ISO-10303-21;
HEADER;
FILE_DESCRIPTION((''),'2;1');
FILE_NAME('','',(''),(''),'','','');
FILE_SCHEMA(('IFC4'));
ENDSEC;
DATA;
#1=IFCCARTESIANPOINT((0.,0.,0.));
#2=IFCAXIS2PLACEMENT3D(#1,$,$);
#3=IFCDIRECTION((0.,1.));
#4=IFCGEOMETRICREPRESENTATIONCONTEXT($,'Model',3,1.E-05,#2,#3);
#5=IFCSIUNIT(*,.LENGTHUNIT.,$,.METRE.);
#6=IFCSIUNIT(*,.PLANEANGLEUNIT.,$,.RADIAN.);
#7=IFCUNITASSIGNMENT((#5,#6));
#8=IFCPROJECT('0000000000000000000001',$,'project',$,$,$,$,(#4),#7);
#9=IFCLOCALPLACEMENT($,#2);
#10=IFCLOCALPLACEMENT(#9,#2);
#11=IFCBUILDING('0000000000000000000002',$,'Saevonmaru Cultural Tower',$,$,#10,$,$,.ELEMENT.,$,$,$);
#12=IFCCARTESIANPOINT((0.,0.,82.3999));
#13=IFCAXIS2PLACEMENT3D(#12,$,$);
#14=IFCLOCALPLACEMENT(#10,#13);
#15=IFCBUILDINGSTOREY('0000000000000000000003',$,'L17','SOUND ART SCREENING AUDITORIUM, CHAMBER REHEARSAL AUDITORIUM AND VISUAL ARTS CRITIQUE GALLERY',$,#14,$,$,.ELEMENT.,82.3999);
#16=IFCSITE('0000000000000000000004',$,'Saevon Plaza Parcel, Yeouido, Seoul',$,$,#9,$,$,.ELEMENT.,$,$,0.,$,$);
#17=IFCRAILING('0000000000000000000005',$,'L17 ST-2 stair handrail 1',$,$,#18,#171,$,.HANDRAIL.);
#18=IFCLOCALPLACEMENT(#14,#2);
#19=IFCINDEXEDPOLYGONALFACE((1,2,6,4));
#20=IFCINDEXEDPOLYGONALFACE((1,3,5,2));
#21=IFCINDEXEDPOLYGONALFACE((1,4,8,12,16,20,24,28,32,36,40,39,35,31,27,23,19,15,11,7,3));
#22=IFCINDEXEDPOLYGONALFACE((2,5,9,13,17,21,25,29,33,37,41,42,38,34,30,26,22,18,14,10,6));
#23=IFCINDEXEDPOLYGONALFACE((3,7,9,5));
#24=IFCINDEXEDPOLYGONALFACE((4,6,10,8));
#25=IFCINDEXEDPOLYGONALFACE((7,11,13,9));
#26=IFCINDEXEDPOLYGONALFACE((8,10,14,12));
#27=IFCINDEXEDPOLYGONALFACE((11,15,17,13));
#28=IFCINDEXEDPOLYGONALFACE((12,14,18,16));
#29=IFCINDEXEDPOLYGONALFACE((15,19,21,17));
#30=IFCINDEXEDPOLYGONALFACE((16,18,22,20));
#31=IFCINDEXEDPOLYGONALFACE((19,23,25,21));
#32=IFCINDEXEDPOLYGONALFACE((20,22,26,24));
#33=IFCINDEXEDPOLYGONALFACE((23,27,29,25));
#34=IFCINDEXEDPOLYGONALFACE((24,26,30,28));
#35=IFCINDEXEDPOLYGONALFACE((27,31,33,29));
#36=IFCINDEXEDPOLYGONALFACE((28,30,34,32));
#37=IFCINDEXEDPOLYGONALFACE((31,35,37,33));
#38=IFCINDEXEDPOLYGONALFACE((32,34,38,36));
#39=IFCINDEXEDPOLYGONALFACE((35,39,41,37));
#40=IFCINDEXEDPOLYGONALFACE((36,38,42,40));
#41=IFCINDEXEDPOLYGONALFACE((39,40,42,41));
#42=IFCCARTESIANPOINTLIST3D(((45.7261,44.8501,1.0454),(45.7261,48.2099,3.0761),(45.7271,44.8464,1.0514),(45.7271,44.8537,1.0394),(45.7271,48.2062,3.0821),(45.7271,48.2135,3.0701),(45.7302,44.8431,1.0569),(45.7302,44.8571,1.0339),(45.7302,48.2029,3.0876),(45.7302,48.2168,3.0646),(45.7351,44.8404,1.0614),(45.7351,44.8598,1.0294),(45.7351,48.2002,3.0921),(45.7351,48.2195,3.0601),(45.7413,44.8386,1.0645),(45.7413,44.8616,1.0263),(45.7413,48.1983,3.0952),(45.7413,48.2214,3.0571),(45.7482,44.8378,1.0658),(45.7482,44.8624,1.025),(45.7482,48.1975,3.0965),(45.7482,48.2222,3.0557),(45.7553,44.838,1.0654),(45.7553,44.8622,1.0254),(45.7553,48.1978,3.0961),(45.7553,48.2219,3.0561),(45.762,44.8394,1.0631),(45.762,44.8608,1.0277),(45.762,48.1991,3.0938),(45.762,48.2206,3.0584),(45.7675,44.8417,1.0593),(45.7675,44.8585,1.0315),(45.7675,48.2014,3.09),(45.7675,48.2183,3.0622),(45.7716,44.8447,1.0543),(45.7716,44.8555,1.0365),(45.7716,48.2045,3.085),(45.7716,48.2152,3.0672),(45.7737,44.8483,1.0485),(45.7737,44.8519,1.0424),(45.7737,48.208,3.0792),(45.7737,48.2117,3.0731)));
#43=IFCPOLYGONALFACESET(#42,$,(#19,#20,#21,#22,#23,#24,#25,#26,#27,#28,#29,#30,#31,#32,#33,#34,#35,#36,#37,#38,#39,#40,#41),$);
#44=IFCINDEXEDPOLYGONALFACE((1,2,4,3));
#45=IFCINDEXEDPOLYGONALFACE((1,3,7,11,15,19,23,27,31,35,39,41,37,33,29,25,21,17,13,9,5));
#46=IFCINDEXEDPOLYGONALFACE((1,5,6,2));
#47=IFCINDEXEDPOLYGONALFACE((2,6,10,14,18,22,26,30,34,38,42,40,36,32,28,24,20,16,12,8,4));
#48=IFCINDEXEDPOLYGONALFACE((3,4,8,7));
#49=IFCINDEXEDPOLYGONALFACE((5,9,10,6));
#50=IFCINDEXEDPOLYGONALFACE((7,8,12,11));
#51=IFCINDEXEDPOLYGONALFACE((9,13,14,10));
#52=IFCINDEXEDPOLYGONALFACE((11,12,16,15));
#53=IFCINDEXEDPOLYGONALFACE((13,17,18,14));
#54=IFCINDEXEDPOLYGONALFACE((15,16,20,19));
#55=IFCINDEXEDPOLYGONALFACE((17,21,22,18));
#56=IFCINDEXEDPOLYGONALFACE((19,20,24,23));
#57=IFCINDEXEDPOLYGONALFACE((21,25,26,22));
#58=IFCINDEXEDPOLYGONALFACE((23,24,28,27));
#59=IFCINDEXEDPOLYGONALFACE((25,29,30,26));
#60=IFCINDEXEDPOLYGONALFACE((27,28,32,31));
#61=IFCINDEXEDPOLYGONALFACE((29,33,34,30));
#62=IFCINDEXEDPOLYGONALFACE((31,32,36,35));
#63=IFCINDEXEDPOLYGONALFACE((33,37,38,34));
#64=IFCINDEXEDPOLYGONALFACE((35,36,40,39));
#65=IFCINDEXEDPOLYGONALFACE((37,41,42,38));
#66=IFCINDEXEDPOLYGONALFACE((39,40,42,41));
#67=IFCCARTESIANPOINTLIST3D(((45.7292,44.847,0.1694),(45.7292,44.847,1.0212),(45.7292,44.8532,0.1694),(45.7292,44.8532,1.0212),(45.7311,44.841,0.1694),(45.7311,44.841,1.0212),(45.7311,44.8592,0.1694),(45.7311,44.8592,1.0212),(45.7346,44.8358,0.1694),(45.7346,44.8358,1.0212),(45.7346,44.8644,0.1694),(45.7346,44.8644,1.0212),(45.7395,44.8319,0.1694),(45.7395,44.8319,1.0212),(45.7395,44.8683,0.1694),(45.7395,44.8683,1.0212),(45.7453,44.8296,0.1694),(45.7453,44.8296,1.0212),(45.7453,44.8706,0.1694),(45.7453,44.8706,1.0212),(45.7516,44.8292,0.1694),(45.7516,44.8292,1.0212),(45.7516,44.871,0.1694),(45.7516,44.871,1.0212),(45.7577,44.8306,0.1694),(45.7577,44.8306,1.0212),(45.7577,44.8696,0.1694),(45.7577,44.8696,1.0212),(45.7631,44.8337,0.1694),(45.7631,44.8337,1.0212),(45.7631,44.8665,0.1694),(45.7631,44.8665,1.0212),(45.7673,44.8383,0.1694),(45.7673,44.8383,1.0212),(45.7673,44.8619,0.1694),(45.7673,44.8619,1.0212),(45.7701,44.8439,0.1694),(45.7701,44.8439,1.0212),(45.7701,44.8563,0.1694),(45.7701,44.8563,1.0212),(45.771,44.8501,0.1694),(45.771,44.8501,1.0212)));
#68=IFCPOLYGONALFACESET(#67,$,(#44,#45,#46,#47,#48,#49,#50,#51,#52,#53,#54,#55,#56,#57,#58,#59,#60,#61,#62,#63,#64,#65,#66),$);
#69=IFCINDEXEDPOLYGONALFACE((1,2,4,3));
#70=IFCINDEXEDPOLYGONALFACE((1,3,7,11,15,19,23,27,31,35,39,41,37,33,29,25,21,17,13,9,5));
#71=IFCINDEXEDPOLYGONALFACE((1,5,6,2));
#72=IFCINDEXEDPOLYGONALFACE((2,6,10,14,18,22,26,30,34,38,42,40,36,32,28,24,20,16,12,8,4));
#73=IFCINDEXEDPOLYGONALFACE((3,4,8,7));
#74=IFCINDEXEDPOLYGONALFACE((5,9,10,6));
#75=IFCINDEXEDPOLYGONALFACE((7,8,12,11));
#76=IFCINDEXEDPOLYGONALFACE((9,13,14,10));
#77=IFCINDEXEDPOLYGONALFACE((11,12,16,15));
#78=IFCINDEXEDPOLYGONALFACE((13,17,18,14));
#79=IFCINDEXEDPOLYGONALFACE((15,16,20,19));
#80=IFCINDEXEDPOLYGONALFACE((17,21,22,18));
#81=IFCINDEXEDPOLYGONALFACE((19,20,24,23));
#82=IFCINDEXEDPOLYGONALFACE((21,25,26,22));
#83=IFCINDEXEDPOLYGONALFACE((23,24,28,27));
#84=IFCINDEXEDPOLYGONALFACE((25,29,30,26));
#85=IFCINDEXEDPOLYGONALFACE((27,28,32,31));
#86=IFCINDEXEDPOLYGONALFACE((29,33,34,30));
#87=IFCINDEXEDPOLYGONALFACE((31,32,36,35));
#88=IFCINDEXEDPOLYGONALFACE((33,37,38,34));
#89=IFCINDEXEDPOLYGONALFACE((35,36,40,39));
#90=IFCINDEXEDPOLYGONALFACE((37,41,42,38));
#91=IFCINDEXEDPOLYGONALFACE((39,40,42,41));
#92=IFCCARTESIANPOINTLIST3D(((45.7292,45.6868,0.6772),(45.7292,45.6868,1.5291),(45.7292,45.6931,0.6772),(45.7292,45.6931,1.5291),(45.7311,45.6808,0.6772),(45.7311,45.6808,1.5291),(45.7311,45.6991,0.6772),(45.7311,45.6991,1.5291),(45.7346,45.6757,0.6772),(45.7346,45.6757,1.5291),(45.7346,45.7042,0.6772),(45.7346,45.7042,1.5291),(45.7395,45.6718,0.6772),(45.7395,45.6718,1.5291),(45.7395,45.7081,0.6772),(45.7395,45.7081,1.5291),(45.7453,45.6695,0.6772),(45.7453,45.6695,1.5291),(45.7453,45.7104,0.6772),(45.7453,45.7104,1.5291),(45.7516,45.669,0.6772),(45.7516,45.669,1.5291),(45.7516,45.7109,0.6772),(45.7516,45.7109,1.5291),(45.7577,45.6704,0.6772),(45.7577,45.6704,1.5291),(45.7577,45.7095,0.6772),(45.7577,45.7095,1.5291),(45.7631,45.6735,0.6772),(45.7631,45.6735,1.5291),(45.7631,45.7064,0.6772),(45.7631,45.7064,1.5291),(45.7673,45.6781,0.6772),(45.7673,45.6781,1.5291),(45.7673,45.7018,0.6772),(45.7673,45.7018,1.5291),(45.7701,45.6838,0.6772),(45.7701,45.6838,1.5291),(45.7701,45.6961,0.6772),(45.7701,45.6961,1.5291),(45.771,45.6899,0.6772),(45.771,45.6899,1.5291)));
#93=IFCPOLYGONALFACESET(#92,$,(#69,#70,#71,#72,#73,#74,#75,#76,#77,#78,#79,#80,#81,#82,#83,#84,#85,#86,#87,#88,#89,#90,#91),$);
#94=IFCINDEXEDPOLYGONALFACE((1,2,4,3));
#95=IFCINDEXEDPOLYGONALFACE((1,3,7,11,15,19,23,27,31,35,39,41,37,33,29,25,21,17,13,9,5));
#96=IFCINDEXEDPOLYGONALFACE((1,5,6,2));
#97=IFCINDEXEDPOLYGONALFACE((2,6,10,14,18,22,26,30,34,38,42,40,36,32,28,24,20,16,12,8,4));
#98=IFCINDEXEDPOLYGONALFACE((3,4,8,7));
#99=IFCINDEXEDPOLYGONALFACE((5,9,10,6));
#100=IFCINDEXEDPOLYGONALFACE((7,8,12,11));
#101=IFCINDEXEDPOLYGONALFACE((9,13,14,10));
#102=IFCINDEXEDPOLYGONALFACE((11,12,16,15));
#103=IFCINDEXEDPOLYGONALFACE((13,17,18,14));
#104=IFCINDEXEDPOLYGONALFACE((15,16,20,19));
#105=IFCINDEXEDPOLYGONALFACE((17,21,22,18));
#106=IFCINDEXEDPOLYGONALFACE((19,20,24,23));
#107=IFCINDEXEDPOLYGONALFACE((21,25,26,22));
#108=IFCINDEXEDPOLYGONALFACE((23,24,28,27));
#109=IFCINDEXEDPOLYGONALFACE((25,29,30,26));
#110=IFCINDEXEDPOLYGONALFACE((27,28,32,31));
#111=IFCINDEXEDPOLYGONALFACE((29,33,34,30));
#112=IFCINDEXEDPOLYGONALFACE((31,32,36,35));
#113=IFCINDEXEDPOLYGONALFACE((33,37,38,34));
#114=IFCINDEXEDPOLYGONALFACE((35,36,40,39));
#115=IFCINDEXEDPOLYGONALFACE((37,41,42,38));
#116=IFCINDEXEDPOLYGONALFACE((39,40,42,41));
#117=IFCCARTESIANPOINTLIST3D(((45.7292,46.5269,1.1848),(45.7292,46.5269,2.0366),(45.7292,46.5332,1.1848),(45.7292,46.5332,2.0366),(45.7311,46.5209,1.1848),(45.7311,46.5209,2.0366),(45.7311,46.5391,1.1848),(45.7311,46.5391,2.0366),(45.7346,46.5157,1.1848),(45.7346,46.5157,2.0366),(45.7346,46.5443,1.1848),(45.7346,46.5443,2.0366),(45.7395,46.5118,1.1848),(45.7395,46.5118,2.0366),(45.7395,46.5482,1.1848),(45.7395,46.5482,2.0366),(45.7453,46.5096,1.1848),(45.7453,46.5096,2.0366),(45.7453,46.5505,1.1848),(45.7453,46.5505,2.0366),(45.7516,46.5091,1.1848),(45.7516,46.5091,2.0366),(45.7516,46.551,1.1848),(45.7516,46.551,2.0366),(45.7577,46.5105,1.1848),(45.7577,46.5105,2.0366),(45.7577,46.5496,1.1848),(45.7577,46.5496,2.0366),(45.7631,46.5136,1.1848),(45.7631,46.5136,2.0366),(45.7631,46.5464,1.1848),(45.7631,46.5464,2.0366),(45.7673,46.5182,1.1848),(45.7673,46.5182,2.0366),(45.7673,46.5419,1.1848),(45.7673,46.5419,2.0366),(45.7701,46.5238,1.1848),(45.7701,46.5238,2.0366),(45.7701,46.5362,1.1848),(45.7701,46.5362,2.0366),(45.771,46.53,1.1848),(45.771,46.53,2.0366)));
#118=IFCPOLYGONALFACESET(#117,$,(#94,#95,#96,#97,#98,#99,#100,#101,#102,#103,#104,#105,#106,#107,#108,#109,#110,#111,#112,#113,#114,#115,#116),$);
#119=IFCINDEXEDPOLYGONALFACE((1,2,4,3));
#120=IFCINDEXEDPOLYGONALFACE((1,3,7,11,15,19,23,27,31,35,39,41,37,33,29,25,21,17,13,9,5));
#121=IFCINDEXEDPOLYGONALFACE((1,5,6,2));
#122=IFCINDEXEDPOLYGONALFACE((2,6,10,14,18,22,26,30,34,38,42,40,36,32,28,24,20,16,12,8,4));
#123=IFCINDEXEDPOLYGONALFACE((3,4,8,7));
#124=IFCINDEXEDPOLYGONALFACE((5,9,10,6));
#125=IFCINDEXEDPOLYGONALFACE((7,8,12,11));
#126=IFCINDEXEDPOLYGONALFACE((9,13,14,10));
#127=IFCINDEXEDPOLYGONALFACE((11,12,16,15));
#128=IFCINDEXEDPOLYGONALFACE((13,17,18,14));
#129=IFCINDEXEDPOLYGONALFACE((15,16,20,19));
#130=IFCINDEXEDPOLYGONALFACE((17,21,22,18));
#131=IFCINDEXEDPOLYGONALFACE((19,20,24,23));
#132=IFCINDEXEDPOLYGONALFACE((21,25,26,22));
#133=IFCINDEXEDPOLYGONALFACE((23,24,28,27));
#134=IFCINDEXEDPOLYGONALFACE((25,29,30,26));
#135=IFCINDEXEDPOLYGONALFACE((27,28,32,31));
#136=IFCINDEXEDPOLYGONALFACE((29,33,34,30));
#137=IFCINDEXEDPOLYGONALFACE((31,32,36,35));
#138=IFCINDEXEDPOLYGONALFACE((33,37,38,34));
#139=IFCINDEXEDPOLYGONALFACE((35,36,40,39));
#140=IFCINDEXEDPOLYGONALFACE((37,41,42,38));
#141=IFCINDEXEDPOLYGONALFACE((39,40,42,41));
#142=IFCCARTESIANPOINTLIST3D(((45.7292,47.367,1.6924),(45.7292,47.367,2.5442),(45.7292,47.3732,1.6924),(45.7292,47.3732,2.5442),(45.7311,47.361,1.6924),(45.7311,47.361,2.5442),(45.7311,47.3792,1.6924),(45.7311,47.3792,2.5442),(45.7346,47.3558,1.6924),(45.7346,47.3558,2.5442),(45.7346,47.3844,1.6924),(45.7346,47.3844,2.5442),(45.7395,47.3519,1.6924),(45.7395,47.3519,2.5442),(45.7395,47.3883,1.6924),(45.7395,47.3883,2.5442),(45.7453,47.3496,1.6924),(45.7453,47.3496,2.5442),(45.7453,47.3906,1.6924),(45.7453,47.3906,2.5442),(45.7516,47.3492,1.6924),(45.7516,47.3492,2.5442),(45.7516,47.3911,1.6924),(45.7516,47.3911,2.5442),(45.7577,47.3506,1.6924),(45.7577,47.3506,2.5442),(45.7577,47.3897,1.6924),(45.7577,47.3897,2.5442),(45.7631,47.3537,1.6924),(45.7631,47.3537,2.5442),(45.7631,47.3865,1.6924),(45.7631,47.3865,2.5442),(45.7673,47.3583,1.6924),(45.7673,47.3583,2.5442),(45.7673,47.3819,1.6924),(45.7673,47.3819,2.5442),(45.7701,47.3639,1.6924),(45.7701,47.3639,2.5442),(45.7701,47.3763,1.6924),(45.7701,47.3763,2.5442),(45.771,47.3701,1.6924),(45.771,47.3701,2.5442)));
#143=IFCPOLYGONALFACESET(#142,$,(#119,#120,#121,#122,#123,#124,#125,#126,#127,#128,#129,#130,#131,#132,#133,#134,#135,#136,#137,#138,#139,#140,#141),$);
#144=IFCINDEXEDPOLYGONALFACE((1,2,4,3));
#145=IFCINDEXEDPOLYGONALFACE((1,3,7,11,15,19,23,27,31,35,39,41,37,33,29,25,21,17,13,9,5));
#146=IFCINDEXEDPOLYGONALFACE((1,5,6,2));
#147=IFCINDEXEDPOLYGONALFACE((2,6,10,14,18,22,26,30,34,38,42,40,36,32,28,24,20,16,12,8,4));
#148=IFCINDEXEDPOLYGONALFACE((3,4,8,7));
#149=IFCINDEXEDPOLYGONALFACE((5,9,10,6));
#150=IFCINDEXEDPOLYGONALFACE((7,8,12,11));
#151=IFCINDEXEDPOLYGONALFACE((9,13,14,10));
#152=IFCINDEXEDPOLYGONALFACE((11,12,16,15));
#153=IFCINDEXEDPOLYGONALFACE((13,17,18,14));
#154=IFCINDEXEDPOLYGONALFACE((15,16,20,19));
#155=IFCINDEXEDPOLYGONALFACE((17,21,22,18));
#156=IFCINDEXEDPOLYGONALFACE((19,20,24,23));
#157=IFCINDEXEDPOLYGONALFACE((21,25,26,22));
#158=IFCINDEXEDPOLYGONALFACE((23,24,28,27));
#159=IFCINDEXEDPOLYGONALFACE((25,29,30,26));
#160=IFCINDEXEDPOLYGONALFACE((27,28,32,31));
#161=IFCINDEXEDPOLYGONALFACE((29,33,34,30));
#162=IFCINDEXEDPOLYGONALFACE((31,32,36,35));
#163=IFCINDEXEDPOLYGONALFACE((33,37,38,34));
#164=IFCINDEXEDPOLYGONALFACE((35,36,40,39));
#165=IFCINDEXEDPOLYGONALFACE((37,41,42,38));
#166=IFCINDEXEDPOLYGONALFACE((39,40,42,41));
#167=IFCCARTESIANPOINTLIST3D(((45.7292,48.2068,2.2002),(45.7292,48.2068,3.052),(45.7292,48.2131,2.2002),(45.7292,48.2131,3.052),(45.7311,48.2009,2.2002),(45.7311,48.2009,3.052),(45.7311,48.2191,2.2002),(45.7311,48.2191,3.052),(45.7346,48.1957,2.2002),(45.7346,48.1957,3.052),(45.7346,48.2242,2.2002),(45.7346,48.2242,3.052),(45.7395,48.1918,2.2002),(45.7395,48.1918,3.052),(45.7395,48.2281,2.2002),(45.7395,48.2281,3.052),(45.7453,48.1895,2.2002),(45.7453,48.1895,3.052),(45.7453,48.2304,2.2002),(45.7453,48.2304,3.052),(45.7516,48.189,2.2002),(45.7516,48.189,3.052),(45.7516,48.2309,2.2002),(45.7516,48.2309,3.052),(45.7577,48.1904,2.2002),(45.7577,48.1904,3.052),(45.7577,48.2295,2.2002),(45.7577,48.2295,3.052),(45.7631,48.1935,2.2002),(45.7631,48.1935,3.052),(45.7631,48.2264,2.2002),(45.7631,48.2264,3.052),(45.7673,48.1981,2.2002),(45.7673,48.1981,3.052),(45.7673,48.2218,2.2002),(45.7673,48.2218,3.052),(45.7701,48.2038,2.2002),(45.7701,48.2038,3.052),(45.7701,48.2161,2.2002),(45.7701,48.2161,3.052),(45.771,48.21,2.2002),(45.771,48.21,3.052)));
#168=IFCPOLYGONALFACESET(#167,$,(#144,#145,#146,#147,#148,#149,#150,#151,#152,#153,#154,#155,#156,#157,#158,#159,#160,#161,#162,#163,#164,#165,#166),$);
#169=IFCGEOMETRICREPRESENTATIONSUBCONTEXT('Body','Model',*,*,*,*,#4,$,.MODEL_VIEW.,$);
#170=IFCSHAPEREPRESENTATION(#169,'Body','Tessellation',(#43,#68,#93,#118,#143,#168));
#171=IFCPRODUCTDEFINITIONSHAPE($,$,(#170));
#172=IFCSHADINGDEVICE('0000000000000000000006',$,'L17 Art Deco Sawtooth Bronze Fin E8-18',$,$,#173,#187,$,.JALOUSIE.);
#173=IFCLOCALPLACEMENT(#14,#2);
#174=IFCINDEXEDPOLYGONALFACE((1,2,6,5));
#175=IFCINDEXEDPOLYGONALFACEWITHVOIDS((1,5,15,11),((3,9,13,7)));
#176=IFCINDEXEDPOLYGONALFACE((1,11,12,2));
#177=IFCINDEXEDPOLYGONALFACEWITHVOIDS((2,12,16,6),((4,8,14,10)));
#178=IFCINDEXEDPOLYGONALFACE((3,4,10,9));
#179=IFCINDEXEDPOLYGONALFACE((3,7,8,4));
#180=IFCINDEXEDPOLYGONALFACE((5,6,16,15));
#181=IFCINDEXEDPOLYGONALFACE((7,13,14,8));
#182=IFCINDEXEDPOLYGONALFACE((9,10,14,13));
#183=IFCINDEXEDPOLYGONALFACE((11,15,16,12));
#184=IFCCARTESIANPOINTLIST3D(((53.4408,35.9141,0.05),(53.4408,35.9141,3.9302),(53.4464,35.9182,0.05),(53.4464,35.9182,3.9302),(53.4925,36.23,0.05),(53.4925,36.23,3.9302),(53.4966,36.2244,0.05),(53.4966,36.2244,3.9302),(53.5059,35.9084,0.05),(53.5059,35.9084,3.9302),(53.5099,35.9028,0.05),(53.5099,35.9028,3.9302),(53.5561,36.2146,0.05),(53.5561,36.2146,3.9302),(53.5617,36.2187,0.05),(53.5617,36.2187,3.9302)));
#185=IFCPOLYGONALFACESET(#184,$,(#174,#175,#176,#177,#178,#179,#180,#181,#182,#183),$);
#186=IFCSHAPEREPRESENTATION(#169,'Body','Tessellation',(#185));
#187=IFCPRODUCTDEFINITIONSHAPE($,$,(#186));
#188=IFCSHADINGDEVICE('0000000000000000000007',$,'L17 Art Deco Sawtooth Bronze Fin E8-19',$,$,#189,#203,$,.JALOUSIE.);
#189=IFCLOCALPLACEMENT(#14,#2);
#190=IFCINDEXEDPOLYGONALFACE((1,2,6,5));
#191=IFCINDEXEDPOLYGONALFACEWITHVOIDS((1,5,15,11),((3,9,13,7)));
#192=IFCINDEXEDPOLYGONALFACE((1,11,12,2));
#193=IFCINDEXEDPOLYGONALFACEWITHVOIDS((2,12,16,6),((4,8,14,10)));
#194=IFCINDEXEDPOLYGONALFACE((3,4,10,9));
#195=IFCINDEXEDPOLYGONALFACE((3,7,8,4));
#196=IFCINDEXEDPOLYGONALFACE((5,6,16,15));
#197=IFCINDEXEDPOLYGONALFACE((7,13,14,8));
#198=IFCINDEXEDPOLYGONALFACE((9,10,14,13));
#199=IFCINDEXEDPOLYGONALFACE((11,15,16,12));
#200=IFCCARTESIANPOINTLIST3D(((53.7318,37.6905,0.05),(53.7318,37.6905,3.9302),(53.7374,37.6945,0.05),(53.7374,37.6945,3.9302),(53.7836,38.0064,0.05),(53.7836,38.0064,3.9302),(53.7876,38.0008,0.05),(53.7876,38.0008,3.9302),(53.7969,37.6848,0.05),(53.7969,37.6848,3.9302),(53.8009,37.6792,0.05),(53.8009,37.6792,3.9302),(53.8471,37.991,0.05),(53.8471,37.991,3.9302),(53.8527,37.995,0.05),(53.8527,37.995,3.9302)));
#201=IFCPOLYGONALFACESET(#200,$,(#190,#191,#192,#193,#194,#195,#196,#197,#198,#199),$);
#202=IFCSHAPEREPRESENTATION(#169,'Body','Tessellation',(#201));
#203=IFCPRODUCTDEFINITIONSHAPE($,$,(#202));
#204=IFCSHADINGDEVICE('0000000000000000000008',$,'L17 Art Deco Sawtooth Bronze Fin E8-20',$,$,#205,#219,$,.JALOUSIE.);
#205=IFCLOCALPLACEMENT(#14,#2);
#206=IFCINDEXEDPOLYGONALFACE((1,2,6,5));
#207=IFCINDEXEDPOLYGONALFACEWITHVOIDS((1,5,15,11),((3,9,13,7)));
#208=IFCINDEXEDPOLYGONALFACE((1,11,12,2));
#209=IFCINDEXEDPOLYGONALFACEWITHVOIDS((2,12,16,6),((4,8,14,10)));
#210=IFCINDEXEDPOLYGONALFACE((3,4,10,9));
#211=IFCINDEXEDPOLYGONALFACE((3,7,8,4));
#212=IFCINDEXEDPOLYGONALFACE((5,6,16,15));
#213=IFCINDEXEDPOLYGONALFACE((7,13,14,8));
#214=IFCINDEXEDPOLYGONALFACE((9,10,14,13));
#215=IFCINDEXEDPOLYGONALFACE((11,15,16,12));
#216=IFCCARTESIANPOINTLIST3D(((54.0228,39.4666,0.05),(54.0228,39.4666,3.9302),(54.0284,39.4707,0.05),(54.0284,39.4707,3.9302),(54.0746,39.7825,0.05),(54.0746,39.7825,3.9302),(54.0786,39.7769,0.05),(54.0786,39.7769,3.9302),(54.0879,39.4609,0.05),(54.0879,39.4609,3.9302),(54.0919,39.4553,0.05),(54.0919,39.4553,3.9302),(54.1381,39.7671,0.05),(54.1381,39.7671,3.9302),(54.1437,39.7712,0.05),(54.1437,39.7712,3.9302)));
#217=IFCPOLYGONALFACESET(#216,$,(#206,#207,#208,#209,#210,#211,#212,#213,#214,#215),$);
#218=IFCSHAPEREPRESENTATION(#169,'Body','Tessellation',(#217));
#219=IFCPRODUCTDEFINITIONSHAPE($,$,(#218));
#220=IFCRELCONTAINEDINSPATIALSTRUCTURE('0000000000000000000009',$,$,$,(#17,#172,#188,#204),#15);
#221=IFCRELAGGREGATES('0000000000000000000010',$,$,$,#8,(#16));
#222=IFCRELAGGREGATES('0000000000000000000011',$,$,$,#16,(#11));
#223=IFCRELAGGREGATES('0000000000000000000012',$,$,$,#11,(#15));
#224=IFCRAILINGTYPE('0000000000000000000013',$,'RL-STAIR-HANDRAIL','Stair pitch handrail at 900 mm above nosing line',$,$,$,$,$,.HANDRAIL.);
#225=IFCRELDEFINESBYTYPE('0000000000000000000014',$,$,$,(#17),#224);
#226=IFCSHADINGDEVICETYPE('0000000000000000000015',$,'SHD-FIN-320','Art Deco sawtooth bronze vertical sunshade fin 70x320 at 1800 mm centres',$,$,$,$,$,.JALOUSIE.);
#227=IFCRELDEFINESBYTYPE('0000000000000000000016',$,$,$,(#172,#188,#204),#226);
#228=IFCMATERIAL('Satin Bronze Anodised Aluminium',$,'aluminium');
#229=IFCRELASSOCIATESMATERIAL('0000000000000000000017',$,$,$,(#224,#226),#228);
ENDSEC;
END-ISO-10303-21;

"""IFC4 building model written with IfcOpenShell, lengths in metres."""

from ifc_helpers import new_model, si_unit, direction, frame, origin, origin_2d, place, context, subcontext, project, spatial, hollow_rectangle, circle, extrude, material, material_profile, profile_set, type_object, element, save


model = new_model("IFC4")

# Units and contexts
model_context = context("Model", 3, precision=1e-05, world=origin(), true_north=direction((0.0, 1.0)))
body_context = subcontext(model_context, "Body", "Model", "MODEL_VIEW")
ifc_project = project(units=[si_unit("LENGTHUNIT", "METRE"), si_unit("PLANEANGLEUNIT", "RADIAN")], contexts=[model_context])

# Site, building, storey
site_placement = place(None, origin())
site = spatial("IfcSite", under=ifc_project, at=site_placement, Name="Saevon Plaza Parcel, Yeouido, Seoul", CompositionType="ELEMENT", RefElevation=0.0)
building_placement = place(site_placement, origin())
building = spatial("IfcBuilding", under=site, at=building_placement, Name="Saevonmaru Cultural Tower", CompositionType="ELEMENT")
storey_placement = place(building_placement, frame((0.0, 0.0, 82.3999)))
storey = spatial("IfcBuildingStorey", under=building, at=storey_placement, Name="L17", Description="SOUND ART SCREENING AUDITORIUM, CHAMBER REHEARSAL AUDITORIUM AND VISUAL ARTS CRITIQUE GALLERY", CompositionType="ELEMENT", Elevation=82.3999)

# Shared definitions
ifc_material_1 = material(Name="Satin Bronze Anodised Aluminium", Category="aluminium")

# Railing
railing_type = type_object("IfcRailingType", Name="RL-STAIR-HANDRAIL", Description="Stair pitch handrail at 900 mm above nosing line", PredefinedType="HANDRAIL", material=ifc_material_1)
railing_placement = place(storey_placement, frame((45.75, 44.8501, 0.1694)))
element("IfcRailing", 1, at=railing_placement, inside=storey, type_object=railing_type, Name="L17 ST-2 stair handrail 1", PredefinedType="HANDRAIL", context=body_context, shape_type="SweptSolid", body=[
    extrude(circle(Radius=0.0239, at=origin_2d()), frame((0.0, 0.0, 0.876), z_axis=(0.0, 0.85582, 0.517273), x_axis=(-1.0, 0.0, 0.0)), (0.0, 0.0, 1.0), 3.9258),
    extrude(circle(Radius=0.021, at=origin_2d()), origin(), (0.0, 0.0, 1.0), 0.8518),
    extrude(circle(Radius=0.021, at=origin_2d()), frame((0.0, 0.8398, 0.5078)), (0.0, 0.0, 1.0), 0.8518),
    extrude(circle(Radius=0.021, at=origin_2d()), frame((0.0, 1.6799, 1.0154)), (0.0, 0.0, 1.0), 0.8518),
    extrude(circle(Radius=0.021, at=origin_2d()), frame((0.0, 2.52, 1.5229)), (0.0, 0.0, 1.0), 0.8518),
    extrude(circle(Radius=0.021, at=origin_2d()), frame((0.0, 3.3599, 2.0308)), (0.0, 0.0, 1.0), 0.8518),
])

# Shading devices
ifc_material_profile_1 = material_profile(ifc_material_1, hollow_rectangle(XDim=0.0701, YDim=0.3201, WallThickness=0.0049, at=origin_2d()), Name="FIN-320x70")
ifc_profile_set_1 = profile_set([ifc_material_profile_1], Name="Satin Bronze Anodised Aluminium")
shading_device_type = type_object("IfcShadingDeviceType", Name="SHD-FIN-320", Description="Art Deco sawtooth bronze vertical sunshade fin 70x320 at 1800 mm centres", PredefinedType="JALOUSIE", material=ifc_profile_set_1)
for number, where, z_axis, x_axis, name in (
    (2, (53.5012, 36.0664, 0.05), (0.0, 0.0, 1.0), (0.986827, -0.161776, 0.0), "L17 Art Deco Sawtooth Bronze Fin E8-18"),
    (3, (53.7922, 37.8428, 0.05), (0.0, 0.0, 1.0), (0.986827, -0.161776, 0.0), "L17 Art Deco Sawtooth Bronze Fin E8-19"),
    (4, (54.0833, 39.6189, 0.05), (0.0, 0.0, 1.0), (0.986827, -0.161776, 0.0), "L17 Art Deco Sawtooth Bronze Fin E8-20"),
):
    element("IfcShadingDevice", number, at=place(storey_placement, frame(where, z_axis=z_axis, x_axis=x_axis)), inside=storey, type_object=shading_device_type, Name=name, PredefinedType="JALOUSIE", context=body_context, shape_type="SweptSolid", body=[
        extrude(hollow_rectangle(XDim=0.0701, YDim=0.3201, WallThickness=0.0049, at=origin_2d()), origin(), (0.0, 0.0, 1.0), 3.8801),
    ])

save(model, "model.ifc")
